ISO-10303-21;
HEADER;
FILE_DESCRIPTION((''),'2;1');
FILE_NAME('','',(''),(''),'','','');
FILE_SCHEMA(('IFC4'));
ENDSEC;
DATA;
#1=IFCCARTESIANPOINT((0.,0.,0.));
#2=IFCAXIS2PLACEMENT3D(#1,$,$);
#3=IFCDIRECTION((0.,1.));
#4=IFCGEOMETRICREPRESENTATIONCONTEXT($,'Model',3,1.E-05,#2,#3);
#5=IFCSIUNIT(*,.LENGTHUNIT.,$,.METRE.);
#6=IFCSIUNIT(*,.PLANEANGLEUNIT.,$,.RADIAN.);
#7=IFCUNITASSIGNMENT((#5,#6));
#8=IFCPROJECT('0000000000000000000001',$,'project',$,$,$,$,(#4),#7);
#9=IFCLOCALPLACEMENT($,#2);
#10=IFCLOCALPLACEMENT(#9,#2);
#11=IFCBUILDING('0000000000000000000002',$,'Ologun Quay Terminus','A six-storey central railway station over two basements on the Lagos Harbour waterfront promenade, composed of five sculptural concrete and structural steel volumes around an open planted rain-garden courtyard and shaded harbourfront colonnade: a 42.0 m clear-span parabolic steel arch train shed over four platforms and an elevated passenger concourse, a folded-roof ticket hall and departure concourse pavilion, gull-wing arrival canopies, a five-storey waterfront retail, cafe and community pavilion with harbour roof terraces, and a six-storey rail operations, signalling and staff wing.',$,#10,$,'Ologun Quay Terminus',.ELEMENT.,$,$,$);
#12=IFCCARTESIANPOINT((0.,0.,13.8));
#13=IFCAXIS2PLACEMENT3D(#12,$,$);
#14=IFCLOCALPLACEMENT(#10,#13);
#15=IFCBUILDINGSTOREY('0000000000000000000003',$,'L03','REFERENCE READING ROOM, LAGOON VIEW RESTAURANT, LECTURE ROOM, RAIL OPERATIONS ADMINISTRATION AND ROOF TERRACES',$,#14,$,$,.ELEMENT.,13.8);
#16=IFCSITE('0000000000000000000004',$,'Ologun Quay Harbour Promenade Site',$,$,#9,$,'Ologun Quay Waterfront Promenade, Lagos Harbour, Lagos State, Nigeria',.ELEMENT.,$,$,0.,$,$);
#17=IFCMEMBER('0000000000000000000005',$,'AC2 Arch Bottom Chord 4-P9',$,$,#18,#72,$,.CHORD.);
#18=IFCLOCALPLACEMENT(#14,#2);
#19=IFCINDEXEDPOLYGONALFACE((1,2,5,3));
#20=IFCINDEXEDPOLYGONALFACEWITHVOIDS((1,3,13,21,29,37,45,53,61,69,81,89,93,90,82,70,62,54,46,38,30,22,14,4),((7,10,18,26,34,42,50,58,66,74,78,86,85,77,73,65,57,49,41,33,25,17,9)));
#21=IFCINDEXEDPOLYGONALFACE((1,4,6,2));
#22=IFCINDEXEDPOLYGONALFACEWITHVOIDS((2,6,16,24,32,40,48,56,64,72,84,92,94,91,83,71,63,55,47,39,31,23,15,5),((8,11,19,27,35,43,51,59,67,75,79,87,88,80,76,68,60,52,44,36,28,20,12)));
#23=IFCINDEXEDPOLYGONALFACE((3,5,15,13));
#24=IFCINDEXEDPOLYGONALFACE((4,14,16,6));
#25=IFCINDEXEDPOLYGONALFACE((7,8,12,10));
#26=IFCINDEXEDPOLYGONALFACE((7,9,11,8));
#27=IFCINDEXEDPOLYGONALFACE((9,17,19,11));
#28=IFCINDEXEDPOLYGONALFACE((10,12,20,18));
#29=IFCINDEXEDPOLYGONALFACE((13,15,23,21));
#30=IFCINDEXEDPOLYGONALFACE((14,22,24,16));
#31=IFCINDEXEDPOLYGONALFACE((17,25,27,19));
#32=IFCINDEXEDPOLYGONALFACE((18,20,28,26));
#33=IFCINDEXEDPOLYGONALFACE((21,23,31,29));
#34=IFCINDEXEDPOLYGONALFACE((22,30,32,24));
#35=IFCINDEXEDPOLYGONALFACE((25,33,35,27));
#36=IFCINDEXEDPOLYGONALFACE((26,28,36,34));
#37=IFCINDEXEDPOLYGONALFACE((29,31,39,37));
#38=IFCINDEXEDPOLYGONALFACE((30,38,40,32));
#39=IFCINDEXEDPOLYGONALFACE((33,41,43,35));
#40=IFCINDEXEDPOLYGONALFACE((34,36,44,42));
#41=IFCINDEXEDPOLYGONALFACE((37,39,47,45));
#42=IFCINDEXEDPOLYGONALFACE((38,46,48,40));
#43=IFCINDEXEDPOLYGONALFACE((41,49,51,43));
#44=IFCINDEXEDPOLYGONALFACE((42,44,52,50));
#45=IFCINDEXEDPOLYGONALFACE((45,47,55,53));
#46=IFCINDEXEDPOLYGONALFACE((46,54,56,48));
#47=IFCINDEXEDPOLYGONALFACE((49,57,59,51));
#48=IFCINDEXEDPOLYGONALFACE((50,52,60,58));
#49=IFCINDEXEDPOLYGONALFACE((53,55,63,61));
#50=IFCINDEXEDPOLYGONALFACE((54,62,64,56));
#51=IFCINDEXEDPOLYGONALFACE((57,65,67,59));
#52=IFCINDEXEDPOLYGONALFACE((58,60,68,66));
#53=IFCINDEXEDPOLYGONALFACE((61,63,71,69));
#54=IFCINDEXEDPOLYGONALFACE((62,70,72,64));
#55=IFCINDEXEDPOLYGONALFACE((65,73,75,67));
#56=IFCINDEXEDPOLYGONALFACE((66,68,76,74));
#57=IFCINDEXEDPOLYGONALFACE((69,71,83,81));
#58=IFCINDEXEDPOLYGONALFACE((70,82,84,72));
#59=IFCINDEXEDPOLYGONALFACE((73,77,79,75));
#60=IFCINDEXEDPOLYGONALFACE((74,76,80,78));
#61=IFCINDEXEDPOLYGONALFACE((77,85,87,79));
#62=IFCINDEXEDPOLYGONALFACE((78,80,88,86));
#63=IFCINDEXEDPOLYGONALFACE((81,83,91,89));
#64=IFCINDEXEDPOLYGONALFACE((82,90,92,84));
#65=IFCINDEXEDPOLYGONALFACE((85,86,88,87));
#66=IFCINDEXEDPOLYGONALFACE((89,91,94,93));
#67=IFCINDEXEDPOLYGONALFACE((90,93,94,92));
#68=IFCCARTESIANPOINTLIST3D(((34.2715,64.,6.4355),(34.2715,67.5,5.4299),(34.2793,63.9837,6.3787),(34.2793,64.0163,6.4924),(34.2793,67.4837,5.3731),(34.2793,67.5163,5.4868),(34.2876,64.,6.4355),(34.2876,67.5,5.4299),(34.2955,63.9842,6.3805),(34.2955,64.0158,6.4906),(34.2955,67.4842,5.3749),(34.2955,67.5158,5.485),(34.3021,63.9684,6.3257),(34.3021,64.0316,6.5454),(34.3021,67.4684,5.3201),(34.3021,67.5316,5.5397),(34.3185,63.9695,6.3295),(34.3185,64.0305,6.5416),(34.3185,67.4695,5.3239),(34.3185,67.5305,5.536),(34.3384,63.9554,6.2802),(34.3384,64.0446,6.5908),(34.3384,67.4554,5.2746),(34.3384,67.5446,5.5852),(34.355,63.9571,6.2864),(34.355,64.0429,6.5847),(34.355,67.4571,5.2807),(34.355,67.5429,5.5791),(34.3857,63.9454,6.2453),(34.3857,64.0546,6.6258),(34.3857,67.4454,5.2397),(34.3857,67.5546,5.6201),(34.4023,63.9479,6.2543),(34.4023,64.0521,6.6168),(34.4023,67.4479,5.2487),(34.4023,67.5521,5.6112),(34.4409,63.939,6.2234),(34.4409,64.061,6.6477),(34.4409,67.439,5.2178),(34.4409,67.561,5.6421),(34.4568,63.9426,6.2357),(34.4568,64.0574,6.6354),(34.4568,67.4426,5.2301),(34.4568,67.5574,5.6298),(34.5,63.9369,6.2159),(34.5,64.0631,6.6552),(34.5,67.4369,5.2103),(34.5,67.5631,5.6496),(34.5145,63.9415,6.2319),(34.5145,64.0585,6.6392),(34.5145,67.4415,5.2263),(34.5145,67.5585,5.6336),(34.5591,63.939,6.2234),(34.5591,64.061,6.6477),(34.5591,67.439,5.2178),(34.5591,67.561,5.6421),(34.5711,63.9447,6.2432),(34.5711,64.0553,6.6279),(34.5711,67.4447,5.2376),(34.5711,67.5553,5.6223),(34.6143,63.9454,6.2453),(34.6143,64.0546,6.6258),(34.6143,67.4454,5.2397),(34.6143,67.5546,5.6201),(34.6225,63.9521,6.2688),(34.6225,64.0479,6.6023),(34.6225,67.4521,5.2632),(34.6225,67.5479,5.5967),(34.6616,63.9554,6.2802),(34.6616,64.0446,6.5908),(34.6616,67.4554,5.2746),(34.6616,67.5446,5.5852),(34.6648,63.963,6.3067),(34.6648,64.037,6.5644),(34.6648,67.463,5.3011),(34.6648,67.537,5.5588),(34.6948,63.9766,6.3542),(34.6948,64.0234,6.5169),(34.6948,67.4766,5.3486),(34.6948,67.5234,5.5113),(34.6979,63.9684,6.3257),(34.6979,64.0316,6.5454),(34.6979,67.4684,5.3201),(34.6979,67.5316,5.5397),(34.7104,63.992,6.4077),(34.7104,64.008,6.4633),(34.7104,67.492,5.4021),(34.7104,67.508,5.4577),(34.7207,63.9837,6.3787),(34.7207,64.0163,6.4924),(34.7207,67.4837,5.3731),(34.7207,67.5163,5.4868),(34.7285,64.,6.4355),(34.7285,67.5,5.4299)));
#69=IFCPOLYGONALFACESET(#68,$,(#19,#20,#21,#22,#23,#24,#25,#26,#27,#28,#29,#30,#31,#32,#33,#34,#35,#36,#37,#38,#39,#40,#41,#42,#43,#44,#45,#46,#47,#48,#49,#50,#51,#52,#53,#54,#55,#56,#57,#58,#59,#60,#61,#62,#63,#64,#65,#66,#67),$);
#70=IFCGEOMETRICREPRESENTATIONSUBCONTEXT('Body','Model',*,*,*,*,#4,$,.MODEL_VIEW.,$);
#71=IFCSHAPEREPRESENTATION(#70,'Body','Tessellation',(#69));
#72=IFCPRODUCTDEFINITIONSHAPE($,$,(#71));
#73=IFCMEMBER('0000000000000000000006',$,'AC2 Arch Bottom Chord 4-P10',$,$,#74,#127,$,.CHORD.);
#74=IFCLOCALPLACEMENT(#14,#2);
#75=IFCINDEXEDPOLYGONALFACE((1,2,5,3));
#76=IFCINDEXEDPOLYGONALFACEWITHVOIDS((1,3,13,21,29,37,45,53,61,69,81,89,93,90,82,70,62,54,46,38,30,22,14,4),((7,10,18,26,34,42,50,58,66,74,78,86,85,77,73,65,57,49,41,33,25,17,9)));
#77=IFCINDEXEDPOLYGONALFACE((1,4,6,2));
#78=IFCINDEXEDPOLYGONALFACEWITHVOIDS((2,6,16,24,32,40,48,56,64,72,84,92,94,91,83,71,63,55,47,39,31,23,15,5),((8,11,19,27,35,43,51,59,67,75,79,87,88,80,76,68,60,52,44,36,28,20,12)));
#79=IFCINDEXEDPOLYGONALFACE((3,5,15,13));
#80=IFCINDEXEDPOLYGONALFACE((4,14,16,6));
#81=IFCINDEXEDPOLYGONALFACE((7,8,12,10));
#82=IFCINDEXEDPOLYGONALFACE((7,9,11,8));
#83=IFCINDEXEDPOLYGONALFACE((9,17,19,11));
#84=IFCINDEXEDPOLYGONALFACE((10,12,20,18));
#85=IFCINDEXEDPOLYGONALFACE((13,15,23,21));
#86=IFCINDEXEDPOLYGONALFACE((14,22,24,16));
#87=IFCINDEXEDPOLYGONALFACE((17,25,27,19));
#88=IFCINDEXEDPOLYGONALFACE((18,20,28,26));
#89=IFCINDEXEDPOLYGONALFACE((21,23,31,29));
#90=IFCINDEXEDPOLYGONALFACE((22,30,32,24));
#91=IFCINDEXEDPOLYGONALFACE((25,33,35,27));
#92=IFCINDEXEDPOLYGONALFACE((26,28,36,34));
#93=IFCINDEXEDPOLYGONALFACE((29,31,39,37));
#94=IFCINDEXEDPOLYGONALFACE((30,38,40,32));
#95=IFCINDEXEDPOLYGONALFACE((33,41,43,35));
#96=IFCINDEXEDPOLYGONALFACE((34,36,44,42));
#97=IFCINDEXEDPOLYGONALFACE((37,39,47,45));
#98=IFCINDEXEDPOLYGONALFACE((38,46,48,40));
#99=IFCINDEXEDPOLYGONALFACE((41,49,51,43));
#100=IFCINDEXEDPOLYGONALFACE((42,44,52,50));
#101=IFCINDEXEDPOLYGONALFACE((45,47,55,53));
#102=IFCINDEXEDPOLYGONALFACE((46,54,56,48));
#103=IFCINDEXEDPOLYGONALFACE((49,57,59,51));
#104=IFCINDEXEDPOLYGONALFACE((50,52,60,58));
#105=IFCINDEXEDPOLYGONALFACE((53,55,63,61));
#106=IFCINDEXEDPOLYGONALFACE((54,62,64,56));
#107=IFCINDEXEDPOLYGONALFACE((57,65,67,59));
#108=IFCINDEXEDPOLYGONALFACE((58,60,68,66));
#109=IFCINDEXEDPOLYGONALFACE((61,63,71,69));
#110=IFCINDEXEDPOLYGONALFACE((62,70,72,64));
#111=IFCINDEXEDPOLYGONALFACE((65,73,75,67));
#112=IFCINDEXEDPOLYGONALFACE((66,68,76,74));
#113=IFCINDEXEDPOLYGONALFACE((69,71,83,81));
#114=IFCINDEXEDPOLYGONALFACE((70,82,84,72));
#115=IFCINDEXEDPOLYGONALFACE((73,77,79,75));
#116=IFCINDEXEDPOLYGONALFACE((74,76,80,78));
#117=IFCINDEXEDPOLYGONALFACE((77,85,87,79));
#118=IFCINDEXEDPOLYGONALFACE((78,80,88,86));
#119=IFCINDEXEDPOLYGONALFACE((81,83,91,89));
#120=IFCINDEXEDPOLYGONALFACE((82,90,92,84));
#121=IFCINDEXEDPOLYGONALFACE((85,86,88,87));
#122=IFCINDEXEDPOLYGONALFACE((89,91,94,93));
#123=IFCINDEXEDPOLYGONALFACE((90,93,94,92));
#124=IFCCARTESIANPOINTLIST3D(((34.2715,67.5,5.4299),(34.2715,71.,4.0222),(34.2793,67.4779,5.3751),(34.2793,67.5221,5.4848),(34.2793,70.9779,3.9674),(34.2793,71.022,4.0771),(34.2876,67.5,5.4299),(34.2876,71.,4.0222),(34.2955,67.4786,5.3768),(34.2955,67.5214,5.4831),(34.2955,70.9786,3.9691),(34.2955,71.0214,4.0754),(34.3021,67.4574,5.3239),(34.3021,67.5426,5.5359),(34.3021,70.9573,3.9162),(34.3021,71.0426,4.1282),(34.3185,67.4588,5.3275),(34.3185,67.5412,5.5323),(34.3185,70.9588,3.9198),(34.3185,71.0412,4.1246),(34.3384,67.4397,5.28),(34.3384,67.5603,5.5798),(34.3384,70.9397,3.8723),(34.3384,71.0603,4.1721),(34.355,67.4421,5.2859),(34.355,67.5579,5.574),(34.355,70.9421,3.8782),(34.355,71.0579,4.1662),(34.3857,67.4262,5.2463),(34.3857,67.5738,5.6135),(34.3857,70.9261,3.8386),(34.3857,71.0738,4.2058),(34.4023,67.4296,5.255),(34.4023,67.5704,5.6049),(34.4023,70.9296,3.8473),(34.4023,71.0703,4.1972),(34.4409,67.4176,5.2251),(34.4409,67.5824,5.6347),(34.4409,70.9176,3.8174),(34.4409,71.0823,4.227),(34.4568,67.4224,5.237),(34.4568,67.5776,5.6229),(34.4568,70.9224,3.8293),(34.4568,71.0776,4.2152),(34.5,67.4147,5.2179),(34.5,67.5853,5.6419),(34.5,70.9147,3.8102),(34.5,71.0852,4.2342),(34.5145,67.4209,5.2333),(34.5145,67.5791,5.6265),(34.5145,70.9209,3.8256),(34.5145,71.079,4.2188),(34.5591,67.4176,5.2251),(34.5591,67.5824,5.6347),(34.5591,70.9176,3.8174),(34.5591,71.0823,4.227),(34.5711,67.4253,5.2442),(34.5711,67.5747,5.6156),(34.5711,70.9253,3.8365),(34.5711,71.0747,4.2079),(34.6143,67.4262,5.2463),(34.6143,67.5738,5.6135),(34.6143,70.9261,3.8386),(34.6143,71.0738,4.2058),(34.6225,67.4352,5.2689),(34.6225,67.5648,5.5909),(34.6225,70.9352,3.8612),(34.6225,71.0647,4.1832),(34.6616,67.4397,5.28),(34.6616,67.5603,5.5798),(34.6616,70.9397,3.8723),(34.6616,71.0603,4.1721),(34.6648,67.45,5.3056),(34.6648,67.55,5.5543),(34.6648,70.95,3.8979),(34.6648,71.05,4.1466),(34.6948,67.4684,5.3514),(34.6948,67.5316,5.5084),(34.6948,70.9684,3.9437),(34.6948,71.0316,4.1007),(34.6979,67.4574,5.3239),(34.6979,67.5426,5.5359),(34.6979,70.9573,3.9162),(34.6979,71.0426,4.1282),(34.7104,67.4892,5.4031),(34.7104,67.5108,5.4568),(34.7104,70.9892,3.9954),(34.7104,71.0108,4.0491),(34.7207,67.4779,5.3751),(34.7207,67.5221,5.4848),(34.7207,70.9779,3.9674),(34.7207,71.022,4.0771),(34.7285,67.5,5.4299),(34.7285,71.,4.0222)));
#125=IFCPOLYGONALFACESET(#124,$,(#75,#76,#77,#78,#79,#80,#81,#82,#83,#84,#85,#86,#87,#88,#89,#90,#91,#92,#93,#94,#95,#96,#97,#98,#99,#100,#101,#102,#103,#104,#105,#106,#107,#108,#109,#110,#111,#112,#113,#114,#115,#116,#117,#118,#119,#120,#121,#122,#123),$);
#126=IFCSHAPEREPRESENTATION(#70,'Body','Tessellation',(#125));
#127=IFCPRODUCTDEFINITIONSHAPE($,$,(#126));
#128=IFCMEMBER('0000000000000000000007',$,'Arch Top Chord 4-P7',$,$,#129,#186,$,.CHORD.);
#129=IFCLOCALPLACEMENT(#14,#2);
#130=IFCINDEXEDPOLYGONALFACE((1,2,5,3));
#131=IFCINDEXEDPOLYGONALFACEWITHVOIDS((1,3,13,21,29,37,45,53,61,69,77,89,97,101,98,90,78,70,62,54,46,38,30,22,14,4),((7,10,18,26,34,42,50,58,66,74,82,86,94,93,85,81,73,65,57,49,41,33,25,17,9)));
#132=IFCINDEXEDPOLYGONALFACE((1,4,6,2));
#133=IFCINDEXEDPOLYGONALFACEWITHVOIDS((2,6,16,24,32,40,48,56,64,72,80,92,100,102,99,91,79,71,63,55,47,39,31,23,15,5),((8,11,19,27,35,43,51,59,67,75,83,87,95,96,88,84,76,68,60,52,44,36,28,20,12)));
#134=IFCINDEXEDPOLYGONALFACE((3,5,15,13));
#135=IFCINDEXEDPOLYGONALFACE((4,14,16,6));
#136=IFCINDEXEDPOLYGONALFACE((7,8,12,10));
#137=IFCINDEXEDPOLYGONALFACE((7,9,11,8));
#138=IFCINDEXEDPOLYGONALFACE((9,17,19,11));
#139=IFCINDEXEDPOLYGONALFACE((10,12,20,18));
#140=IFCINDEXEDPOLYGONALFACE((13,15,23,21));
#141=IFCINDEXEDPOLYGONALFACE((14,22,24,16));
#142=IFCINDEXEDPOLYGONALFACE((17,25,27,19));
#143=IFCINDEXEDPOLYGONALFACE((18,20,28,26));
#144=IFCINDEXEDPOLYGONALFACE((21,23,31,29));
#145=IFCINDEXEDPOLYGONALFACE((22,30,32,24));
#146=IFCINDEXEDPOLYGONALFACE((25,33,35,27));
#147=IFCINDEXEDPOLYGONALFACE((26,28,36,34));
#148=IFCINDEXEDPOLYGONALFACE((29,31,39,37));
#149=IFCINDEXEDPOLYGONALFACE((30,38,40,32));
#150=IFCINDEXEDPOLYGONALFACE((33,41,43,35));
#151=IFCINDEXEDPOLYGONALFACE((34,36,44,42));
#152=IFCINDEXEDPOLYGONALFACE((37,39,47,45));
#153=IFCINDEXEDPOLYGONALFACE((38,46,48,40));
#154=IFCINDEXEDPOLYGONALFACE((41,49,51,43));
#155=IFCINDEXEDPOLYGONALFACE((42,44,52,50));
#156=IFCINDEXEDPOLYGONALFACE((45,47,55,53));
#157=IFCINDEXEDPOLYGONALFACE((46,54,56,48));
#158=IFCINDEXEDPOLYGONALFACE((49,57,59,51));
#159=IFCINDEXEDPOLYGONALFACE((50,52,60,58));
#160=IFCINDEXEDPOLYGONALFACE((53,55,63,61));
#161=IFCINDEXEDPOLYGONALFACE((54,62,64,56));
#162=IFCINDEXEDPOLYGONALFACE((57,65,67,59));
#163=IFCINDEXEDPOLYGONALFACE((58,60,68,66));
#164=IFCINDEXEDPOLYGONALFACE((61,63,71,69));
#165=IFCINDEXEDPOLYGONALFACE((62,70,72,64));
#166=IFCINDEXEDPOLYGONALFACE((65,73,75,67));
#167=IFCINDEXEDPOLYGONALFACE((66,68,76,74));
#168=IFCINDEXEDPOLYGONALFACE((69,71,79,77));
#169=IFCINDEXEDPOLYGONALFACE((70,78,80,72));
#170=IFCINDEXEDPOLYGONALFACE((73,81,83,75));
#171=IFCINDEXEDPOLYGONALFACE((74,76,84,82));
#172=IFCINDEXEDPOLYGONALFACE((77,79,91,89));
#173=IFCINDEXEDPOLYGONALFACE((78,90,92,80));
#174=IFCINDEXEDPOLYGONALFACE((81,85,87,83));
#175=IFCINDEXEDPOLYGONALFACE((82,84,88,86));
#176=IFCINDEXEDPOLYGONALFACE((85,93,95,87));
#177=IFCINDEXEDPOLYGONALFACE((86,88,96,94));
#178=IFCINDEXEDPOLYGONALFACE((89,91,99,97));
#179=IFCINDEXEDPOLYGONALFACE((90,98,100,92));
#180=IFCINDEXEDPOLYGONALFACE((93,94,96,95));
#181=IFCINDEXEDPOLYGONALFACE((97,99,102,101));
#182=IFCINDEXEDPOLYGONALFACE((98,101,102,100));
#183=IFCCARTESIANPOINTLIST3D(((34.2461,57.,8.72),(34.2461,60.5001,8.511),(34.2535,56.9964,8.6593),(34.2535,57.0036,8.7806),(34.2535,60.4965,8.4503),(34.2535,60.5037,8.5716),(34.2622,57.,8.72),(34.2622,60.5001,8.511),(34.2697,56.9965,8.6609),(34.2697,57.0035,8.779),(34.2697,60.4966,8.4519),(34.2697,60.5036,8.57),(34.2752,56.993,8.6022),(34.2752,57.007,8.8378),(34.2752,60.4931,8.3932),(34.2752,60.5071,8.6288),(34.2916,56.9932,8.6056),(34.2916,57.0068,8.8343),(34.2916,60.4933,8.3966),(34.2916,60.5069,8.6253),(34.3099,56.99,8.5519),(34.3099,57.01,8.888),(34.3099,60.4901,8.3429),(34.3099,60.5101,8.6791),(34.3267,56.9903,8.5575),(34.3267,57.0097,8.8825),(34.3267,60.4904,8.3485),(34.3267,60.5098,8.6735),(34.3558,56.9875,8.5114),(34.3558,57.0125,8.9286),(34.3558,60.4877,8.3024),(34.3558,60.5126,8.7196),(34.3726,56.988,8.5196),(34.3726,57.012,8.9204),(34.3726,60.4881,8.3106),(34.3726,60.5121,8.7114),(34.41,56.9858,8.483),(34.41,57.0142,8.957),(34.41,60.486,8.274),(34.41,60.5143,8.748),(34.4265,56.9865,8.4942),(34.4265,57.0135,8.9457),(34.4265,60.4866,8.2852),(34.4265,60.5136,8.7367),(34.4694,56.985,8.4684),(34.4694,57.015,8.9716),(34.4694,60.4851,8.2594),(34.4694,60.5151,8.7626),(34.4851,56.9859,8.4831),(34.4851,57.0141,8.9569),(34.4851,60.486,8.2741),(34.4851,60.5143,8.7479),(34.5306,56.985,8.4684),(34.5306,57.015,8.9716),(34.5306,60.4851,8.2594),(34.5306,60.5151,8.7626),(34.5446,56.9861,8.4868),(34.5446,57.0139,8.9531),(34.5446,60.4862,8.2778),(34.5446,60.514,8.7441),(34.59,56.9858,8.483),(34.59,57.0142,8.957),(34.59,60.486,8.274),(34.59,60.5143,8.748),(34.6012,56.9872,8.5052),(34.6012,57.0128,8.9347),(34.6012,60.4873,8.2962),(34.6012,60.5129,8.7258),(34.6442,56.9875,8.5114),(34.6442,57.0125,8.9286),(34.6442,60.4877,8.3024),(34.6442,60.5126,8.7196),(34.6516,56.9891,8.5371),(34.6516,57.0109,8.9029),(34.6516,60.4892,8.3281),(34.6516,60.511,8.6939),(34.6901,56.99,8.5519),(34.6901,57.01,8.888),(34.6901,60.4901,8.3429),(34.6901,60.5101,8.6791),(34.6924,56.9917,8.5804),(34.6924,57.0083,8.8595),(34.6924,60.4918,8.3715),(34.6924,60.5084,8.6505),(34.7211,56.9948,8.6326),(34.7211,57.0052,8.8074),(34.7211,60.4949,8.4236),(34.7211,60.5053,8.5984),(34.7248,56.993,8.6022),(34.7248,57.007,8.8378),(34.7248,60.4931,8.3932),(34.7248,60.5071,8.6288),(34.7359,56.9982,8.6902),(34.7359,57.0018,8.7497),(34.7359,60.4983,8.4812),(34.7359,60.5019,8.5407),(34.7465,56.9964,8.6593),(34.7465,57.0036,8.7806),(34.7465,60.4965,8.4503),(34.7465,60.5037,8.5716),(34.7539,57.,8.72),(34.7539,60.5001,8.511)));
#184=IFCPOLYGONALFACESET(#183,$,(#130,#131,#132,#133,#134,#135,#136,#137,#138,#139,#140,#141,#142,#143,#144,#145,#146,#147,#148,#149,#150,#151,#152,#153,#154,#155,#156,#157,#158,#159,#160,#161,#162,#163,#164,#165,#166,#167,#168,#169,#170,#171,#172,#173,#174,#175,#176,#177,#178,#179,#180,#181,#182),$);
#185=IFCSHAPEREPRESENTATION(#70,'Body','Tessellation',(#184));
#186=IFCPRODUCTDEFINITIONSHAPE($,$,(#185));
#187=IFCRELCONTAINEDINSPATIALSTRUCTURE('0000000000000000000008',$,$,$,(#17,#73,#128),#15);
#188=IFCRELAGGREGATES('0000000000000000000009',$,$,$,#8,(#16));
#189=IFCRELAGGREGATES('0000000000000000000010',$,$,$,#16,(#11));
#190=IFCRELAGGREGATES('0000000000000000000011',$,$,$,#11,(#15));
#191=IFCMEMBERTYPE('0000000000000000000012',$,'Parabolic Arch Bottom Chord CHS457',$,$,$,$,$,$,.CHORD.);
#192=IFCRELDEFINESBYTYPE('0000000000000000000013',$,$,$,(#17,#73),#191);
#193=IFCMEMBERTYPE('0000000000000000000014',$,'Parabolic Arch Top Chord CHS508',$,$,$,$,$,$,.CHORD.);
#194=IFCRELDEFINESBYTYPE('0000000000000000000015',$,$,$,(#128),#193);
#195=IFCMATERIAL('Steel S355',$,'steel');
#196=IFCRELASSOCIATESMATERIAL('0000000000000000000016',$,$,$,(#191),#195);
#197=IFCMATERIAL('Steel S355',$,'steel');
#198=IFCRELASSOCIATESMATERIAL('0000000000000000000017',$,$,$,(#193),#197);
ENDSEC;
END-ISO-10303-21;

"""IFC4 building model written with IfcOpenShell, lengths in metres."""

from ifc_helpers import new_model, si_unit, direction, frame, origin, origin_2d, place, context, subcontext, project, spatial, hollow_circle, extrude, material, material_profile, profile_set, type_object, element, save


model = new_model("IFC4")

# Units and contexts
model_context = context("Model", 3, precision=1e-05, world=origin(), true_north=direction((0.0, 1.0)))
body_context = subcontext(model_context, "Body", "Model", "MODEL_VIEW")
ifc_project = project(units=[si_unit("LENGTHUNIT", "METRE"), si_unit("PLANEANGLEUNIT", "RADIAN")], contexts=[model_context])

# Site, building, storey
site_placement = place(None, origin())
site = spatial("IfcSite", under=ifc_project, at=site_placement, Name="Ologun Quay Harbour Promenade Site", LongName="Ologun Quay Waterfront Promenade, Lagos Harbour, Lagos State, Nigeria", CompositionType="ELEMENT", RefElevation=0.0)
building_placement = place(site_placement, origin())
building = spatial("IfcBuilding", under=site, at=building_placement, Name="Ologun Quay Terminus", Description="A six-storey central railway station over two basements on the Lagos Harbour waterfront promenade, composed of five sculptural concrete and structural steel volumes around an open planted rain-garden courtyard and shaded harbourfront colonnade: a 42.0 m clear-span parabolic steel arch train shed over four platforms and an elevated passenger concourse, a folded-roof ticket hall and departure concourse pavilion, gull-wing arrival canopies, a five-storey waterfront retail, cafe and community pavilion with harbour roof terraces, and a six-storey rail operations, signalling and staff wing.", LongName="Ologun Quay Terminus", CompositionType="ELEMENT")
storey_placement = place(building_placement, frame((0.0, 0.0, 13.8)))
storey = spatial("IfcBuildingStorey", under=building, at=storey_placement, Name="L03", Description="REFERENCE READING ROOM, LAGOON VIEW RESTAURANT, LECTURE ROOM, RAIL OPERATIONS ADMINISTRATION AND ROOF TERRACES", CompositionType="ELEMENT", Elevation=13.8)

# Members
ifc_material_1 = material(Name="Steel S355", Category="steel")
ifc_material_profile_1 = material_profile(ifc_material_1, hollow_circle(Radius=0.2285, WallThickness=0.0161, at=origin_2d()), Name="CHS 457x16")
ifc_profile_set_1 = profile_set([ifc_material_profile_1], Name="Steel S355")
member_type_1 = type_object("IfcMemberType", Name="Parabolic Arch Bottom Chord CHS457", PredefinedType="CHORD", material=ifc_profile_set_1)
member_1_placement = place(storey_placement, frame((34.5, 64.0, 6.4355), z_axis=(0.0, 0.961116, -0.276146), x_axis=(-1.0, 0.0, 0.0)))
element("IfcMember", 1, at=member_1_placement, inside=storey, type_object=member_type_1, Name="AC2 Arch Bottom Chord 4-P9", PredefinedType="CHORD", context=body_context, shape_type="SweptSolid", body=[
    extrude(hollow_circle(Radius=0.2285, WallThickness=0.0161, at=origin_2d()), origin(), (0.0, 0.0, 1.0), 3.6416),
])
member_2_placement = place(storey_placement, frame((34.5, 67.5, 5.4299), z_axis=(0.0, 0.92777, -0.373153), x_axis=(-1.0, 0.0, 0.0)))
element("IfcMember", 2, at=member_2_placement, inside=storey, type_object=member_type_1, Name="AC2 Arch Bottom Chord 4-P10", PredefinedType="CHORD", context=body_context, shape_type="SweptSolid", body=[
    extrude(hollow_circle(Radius=0.2285, WallThickness=0.0161, at=origin_2d()), origin(), (0.0, 0.0, 1.0), 3.7725),
])
ifc_material_2 = material(Name="Steel S355", Category="steel")
ifc_material_profile_2 = material_profile(ifc_material_2, hollow_circle(Radius=0.2539, WallThickness=0.0161, at=origin_2d()), Name="CHS 508x16")
ifc_profile_set_2 = profile_set([ifc_material_profile_2], Name="Steel S355")
member_type_2 = type_object("IfcMemberType", Name="Parabolic Arch Top Chord CHS508", PredefinedType="CHORD", material=ifc_profile_set_2)
member_3_placement = place(storey_placement, frame((34.5, 57.0, 8.72), z_axis=(0.0, 0.998222, -0.059604), x_axis=(-1.0, 0.0, 0.0)))
element("IfcMember", 3, at=member_3_placement, inside=storey, type_object=member_type_2, Name="Arch Top Chord 4-P7", PredefinedType="CHORD", context=body_context, shape_type="SweptSolid", body=[
    extrude(hollow_circle(Radius=0.2539, WallThickness=0.0161, at=origin_2d()), origin(), (0.0, 0.0, 1.0), 3.5063),
])

save(model, "model.ifc")
